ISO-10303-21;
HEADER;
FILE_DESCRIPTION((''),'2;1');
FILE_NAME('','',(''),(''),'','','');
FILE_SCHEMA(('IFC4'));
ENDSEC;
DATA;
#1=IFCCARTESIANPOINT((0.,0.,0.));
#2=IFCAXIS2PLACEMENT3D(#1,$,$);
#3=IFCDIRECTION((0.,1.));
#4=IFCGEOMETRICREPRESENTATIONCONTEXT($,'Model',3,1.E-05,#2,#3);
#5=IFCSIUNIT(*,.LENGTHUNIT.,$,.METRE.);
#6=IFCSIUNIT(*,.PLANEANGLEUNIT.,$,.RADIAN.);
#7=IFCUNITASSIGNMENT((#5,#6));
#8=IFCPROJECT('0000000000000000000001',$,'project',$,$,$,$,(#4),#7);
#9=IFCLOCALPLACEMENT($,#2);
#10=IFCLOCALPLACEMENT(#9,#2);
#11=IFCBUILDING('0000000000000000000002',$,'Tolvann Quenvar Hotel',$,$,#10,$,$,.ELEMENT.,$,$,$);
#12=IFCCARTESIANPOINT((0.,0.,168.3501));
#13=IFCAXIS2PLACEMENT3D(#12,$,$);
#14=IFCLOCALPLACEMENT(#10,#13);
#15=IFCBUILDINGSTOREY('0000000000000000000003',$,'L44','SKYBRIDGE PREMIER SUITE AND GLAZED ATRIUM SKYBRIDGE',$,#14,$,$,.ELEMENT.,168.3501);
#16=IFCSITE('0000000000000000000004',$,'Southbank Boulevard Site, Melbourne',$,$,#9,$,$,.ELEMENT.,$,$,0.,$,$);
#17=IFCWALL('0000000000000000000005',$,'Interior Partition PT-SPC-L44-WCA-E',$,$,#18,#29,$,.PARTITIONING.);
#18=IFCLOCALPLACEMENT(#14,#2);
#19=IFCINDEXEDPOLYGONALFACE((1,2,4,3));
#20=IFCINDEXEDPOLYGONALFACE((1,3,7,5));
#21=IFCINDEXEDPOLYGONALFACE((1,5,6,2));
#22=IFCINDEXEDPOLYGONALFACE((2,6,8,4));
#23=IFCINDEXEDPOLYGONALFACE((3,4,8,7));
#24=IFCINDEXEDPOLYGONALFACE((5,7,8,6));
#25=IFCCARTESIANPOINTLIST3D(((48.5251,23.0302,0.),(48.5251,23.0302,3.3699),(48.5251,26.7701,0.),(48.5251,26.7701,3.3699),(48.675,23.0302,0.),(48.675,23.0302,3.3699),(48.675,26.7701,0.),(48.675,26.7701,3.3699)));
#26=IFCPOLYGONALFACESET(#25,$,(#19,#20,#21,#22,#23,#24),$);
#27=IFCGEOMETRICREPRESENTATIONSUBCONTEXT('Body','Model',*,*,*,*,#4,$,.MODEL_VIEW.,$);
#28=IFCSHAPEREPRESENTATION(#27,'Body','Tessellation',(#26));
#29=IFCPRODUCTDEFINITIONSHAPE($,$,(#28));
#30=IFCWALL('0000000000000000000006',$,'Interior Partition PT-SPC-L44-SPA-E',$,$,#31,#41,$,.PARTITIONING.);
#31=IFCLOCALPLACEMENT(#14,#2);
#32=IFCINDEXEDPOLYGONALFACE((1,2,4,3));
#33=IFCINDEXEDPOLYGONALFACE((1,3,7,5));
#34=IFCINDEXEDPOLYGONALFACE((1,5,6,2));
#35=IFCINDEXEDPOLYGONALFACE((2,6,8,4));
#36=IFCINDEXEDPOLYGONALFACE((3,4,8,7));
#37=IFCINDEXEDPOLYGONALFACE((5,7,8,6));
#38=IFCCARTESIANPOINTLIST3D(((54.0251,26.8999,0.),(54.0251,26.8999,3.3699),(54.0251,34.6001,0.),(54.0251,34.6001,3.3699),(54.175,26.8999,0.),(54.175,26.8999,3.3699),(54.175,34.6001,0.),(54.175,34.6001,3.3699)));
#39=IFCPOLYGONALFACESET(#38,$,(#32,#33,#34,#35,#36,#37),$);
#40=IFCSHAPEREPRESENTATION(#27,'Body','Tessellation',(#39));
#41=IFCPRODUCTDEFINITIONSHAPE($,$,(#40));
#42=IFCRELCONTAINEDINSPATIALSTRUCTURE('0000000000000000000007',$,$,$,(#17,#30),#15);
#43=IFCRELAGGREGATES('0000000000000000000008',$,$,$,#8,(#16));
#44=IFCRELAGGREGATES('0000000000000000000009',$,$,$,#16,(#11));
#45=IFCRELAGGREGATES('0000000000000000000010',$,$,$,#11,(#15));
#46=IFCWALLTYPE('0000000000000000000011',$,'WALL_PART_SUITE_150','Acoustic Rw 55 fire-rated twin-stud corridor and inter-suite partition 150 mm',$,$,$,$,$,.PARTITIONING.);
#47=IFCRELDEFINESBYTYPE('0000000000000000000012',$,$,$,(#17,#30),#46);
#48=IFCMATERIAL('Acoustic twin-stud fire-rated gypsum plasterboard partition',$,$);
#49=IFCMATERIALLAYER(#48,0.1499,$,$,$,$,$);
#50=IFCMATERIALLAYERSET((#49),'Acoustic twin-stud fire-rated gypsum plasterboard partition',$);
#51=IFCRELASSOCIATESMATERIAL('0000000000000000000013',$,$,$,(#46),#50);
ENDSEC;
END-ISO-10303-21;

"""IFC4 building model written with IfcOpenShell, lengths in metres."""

from ifc_helpers import new_model, si_unit, direction, frame, frame_2d, origin, place, context, subcontext, project, spatial, rectangle, extrude, material, layer, layer_set, type_object, element, save


model = new_model("IFC4")

# Units and contexts
model_context = context("Model", 3, precision=1e-05, world=origin(), true_north=direction((0.0, 1.0)))
body_context = subcontext(model_context, "Body", "Model", "MODEL_VIEW")
ifc_project = project(units=[si_unit("LENGTHUNIT", "METRE"), si_unit("PLANEANGLEUNIT", "RADIAN")], contexts=[model_context])

# Site, building, storey
site_placement = place(None, origin())
site = spatial("IfcSite", under=ifc_project, at=site_placement, Name="Southbank Boulevard Site, Melbourne", CompositionType="ELEMENT", RefElevation=0.0)
building_placement = place(site_placement, origin())
building = spatial("IfcBuilding", under=site, at=building_placement, Name="Tolvann Quenvar Hotel", CompositionType="ELEMENT")
storey_placement = place(building_placement, frame((0.0, 0.0, 168.3501)))
storey = spatial("IfcBuildingStorey", under=building, at=storey_placement, Name="L44", Description="SKYBRIDGE PREMIER SUITE AND GLAZED ATRIUM SKYBRIDGE", CompositionType="ELEMENT", Elevation=168.3501)

# Shared definitions
ifc_material_1 = material(Name="Acoustic twin-stud fire-rated gypsum plasterboard partition")
ifc_layer_1 = layer(ifc_material_1, 0.1499)
ifc_layer_set_1 = layer_set([ifc_layer_1], Name="Acoustic twin-stud fire-rated gypsum plasterboard partition")
wall_type = type_object("IfcWallType", Name="WALL_PART_SUITE_150", Description="Acoustic Rw 55 fire-rated twin-stud corridor and inter-suite partition 150 mm", PredefinedType="PARTITIONING", material=ifc_layer_set_1)

# Walls
wall_1_placement = place(storey_placement, frame((48.6001, 23.03, 0.0), z_axis=(0.0, 0.0, 1.0), x_axis=(0.0, 1.0, 0.0)))
element("IfcWall", 1, at=wall_1_placement, inside=storey, type_object=wall_type, Name="Interior Partition PT-SPC-L44-WCA-E", PredefinedType="PARTITIONING", context=body_context, shape_type="SweptSolid", body=[
    extrude(rectangle(XDim=3.74, YDim=0.1499, at=frame_2d((1.8701, 0.0))), origin(), (0.0, 0.0, 1.0), 3.3699),
])
wall_2_placement = place(storey_placement, frame((54.1001, 26.8999, 0.0), z_axis=(0.0, 0.0, 1.0), x_axis=(0.0, 1.0, 0.0)))
element("IfcWall", 2, at=wall_2_placement, inside=storey, type_object=wall_type, Name="Interior Partition PT-SPC-L44-SPA-E", PredefinedType="PARTITIONING", context=body_context, shape_type="SweptSolid", body=[
    extrude(rectangle(XDim=7.7002, YDim=0.1499, at=frame_2d((3.8501, 0.0))), origin(), (0.0, 0.0, 1.0), 3.3699),
])

save(model, "model.ifc")
